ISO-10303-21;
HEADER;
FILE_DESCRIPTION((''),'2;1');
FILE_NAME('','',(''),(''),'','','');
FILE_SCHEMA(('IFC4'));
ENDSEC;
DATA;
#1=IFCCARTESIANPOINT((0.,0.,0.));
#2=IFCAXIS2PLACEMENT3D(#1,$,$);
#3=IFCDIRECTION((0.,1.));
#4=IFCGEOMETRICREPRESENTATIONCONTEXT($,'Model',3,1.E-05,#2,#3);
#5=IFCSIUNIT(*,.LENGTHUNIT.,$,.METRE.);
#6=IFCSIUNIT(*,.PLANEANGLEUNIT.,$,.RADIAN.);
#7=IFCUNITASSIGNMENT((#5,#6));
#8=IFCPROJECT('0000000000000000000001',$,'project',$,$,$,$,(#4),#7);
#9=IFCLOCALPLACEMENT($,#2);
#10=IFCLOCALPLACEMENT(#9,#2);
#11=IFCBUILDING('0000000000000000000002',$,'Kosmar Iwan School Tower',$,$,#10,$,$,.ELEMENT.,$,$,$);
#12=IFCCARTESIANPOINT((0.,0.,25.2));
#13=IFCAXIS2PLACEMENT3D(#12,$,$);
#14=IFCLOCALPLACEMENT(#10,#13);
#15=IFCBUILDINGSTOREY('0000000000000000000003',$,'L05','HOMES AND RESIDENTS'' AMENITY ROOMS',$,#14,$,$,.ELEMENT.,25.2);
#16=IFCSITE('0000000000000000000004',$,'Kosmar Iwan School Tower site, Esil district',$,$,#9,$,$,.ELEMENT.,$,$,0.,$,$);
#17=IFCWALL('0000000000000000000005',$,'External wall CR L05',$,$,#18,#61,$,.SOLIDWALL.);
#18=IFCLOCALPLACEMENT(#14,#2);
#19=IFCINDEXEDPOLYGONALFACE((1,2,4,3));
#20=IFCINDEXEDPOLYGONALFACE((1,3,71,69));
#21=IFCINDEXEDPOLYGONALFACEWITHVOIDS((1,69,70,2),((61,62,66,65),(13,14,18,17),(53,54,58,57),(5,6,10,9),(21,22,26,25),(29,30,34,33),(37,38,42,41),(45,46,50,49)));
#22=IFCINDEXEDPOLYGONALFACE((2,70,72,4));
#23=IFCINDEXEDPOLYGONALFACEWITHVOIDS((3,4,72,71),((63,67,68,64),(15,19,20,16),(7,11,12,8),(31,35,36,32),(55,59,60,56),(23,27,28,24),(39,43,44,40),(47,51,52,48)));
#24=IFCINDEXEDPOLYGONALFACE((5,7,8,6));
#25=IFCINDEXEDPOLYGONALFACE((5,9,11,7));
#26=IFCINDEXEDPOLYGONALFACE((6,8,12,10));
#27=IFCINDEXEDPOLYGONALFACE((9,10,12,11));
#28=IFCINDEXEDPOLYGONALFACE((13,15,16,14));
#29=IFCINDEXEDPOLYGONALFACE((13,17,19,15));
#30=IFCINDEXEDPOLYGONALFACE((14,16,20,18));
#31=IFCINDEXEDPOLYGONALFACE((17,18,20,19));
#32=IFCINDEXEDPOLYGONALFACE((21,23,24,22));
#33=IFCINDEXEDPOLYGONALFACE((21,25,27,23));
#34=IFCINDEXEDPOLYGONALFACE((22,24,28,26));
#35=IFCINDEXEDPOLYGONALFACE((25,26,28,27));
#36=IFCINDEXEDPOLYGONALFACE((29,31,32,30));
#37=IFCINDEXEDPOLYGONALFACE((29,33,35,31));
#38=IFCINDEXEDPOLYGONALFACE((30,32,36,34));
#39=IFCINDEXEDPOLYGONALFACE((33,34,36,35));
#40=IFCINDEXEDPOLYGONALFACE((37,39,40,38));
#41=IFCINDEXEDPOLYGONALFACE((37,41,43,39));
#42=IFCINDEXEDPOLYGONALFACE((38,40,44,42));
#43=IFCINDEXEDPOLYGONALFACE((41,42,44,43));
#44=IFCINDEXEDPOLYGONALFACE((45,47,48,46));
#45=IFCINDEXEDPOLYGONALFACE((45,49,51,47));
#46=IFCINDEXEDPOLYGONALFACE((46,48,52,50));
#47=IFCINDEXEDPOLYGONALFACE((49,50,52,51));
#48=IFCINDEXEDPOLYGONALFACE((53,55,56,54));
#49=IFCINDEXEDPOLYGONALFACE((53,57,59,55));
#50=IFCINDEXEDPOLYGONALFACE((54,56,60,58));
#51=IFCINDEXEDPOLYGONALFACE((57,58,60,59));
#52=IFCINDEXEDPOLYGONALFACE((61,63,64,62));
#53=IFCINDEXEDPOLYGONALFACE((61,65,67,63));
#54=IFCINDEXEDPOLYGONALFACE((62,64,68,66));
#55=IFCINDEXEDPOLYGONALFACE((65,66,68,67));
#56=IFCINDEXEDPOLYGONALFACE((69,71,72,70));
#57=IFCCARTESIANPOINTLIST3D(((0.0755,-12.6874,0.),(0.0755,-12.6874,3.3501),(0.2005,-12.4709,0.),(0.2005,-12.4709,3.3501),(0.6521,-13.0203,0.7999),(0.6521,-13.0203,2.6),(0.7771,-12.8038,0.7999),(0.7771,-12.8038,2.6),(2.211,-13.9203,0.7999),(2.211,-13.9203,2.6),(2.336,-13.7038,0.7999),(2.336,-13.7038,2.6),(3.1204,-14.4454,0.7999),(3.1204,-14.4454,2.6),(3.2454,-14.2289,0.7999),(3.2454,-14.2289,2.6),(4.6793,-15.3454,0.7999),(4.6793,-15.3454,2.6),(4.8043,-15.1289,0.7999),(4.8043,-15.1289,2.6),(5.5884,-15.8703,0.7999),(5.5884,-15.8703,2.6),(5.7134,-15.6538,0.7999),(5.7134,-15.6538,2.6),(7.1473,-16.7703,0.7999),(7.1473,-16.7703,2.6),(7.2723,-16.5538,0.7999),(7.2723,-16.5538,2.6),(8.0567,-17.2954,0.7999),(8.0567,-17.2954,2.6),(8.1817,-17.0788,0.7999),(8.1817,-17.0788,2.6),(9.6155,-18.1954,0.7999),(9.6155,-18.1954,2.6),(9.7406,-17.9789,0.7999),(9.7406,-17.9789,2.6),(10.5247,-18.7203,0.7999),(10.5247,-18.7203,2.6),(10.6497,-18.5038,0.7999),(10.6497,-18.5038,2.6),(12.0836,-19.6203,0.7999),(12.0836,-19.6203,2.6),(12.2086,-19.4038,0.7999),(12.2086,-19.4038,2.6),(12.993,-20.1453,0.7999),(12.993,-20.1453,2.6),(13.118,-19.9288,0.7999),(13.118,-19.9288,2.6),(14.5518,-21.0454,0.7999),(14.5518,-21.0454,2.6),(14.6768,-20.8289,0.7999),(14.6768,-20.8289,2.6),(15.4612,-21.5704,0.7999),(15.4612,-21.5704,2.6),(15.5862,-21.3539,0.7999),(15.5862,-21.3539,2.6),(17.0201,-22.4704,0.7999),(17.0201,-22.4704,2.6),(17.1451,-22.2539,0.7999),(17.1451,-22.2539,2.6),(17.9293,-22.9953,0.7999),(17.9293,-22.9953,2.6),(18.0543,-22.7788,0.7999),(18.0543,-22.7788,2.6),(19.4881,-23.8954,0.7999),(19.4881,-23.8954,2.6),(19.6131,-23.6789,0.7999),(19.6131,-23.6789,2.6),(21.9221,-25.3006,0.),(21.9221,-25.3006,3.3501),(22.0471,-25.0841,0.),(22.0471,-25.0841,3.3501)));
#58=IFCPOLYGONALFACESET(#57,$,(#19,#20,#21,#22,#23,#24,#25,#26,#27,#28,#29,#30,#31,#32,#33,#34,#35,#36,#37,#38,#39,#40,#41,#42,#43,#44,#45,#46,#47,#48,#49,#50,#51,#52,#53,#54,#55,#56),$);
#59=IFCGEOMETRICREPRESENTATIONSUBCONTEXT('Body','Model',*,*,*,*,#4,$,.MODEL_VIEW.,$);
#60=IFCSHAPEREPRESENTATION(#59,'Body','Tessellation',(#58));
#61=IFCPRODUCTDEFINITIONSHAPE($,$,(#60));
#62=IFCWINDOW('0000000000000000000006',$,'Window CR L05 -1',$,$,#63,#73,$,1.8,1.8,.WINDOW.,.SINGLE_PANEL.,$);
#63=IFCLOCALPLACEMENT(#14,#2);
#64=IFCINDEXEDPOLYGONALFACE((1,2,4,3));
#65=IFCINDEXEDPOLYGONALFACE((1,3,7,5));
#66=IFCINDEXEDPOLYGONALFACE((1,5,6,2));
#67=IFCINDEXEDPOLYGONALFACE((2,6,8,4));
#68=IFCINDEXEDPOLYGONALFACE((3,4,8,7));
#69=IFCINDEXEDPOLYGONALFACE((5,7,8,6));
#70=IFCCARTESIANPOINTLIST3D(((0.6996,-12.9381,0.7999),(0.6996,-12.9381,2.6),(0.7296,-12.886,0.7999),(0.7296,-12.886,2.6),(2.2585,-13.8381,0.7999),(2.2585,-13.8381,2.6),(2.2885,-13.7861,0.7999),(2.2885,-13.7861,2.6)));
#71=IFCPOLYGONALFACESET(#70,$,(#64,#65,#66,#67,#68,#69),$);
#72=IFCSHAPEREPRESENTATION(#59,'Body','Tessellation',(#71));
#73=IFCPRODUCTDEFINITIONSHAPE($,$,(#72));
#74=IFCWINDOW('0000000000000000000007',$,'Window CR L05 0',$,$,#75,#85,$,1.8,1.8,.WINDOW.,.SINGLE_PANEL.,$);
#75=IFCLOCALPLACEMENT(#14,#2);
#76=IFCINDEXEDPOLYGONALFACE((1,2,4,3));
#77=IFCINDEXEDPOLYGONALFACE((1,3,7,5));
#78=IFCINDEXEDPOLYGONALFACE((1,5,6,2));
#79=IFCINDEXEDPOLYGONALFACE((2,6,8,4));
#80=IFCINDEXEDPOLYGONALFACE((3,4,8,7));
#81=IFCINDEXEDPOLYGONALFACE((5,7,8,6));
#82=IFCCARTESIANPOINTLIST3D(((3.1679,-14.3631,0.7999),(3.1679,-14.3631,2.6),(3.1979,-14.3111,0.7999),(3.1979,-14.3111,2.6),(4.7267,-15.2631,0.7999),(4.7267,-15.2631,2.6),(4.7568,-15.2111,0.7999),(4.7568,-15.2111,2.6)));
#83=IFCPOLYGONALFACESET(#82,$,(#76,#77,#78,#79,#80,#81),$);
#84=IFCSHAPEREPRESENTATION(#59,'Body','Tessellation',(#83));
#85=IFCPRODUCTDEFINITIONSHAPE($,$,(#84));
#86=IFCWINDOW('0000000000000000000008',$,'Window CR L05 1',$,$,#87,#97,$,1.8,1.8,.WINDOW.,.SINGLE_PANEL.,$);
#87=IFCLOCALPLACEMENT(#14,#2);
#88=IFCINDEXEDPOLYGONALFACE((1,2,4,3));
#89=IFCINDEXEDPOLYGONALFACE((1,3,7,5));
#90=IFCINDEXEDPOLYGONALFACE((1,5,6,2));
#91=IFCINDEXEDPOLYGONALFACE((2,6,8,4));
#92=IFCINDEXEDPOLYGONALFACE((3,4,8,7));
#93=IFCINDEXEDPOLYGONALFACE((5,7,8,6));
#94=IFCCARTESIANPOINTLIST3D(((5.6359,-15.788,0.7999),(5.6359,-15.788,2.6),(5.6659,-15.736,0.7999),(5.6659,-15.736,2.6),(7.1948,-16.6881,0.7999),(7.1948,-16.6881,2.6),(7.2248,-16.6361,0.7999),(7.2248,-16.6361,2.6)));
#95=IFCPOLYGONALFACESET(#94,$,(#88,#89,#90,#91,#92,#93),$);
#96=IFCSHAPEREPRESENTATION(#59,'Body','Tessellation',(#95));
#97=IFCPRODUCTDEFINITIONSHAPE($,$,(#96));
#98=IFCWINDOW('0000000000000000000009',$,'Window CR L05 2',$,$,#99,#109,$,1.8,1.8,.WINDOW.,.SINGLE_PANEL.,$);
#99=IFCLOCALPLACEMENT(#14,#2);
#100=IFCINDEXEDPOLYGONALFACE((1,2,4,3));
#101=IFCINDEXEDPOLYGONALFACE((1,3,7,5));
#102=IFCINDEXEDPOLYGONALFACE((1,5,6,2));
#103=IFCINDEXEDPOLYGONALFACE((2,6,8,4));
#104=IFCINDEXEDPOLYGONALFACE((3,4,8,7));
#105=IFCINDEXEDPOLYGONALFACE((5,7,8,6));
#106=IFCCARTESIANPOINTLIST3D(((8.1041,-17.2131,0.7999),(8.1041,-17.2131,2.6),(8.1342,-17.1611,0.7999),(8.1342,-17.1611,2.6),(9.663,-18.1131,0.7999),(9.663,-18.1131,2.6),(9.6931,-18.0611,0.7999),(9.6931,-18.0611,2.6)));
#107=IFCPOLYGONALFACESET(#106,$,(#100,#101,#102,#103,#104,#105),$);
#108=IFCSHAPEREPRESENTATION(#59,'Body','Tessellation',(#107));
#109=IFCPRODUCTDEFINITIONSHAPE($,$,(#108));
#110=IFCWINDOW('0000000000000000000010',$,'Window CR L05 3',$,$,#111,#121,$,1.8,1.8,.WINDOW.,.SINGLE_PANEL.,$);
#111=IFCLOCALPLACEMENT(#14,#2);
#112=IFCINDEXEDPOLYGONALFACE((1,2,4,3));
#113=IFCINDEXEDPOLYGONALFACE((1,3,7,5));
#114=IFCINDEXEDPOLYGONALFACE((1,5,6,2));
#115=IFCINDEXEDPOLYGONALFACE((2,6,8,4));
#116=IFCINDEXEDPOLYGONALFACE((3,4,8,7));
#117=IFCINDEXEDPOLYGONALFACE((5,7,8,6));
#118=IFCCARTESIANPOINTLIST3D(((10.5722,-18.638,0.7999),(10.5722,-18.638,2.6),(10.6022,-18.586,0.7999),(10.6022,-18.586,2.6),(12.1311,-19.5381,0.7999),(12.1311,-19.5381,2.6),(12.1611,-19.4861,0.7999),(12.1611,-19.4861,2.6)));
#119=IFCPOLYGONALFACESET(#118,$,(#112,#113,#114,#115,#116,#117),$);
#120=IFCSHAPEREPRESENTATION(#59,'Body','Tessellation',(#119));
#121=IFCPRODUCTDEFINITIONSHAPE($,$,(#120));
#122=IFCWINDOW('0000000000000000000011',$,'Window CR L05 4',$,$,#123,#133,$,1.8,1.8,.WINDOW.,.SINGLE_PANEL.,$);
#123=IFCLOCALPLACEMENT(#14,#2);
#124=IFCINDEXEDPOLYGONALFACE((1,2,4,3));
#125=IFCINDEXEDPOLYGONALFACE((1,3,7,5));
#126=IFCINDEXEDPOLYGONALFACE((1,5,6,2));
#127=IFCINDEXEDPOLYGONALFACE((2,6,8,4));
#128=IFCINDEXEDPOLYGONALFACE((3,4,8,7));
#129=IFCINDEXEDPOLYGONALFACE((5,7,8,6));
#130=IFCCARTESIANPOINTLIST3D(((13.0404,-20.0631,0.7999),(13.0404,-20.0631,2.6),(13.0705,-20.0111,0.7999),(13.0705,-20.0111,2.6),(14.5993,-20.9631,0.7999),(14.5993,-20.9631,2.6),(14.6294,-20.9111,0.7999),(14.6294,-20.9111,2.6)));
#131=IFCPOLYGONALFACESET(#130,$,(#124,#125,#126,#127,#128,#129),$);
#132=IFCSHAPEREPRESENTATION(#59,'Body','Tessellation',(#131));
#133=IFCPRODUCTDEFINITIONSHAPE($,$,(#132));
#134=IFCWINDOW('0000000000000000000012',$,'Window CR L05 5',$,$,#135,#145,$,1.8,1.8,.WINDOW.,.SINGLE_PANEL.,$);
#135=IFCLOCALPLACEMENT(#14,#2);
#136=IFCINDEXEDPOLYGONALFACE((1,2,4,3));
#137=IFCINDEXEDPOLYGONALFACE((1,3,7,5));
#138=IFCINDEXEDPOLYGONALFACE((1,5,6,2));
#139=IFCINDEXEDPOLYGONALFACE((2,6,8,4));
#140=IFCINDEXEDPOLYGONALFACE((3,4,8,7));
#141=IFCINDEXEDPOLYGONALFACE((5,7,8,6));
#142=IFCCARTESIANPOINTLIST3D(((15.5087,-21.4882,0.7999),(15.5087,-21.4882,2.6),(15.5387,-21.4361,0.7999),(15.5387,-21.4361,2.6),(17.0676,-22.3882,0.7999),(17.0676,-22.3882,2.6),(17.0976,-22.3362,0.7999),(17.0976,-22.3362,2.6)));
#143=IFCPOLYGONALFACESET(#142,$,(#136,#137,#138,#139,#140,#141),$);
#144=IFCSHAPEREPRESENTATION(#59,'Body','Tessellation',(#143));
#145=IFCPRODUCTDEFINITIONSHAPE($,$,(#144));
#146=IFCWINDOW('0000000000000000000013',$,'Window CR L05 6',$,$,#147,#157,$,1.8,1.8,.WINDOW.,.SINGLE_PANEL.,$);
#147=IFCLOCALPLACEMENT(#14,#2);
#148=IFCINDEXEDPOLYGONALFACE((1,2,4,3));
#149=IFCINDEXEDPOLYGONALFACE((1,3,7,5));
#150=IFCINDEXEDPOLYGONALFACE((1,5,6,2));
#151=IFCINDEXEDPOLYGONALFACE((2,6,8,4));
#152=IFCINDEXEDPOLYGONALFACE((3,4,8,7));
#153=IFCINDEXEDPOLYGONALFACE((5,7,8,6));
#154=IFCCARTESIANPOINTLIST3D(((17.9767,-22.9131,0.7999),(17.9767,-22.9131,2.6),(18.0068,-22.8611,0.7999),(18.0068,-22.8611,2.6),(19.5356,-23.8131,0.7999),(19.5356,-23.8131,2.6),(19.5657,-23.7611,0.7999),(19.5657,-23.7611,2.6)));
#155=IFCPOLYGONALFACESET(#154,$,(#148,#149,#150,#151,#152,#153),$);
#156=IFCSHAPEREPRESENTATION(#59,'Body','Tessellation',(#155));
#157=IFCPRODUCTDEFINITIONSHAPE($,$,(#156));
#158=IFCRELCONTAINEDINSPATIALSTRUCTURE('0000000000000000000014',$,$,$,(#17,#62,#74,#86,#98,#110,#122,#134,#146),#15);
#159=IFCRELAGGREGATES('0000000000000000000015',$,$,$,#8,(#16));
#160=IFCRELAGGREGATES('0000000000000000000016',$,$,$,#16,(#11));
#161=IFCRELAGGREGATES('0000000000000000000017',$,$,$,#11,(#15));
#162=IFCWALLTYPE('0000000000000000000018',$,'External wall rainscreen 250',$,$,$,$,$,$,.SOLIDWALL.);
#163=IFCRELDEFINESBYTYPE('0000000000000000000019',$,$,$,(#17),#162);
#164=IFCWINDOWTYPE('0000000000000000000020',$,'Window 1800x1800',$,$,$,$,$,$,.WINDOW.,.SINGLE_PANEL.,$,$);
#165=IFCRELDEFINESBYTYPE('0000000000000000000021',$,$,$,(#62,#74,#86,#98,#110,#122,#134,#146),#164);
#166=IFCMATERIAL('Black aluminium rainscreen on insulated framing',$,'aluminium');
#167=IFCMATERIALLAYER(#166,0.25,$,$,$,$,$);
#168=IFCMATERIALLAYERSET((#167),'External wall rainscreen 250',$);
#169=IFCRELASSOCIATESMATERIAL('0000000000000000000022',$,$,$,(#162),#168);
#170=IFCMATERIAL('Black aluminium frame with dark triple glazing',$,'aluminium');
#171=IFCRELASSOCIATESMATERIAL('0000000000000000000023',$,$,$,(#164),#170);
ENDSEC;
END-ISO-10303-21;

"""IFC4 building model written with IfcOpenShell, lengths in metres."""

from ifc_helpers import new_model, si_unit, direction, frame, frame_2d, origin, place, context, subcontext, project, spatial, rectangle, extrude, material, layer, layer_set, type_object, element, fill, save


model = new_model("IFC4")

# Units and contexts
model_context = context("Model", 3, precision=1e-05, world=origin(), true_north=direction((0.0, 1.0)))
body_context = subcontext(model_context, "Body", "Model", "MODEL_VIEW")
ifc_project = project(units=[si_unit("LENGTHUNIT", "METRE"), si_unit("PLANEANGLEUNIT", "RADIAN")], contexts=[model_context])

# Site, building, storey
site_placement = place(None, origin())
site = spatial("IfcSite", under=ifc_project, at=site_placement, Name="Kosmar Iwan School Tower site, Esil district", CompositionType="ELEMENT", RefElevation=0.0)
building_placement = place(site_placement, origin())
building = spatial("IfcBuilding", under=site, at=building_placement, Name="Kosmar Iwan School Tower", CompositionType="ELEMENT")
storey_placement = place(building_placement, frame((0.0, 0.0, 25.2)))
storey = spatial("IfcBuildingStorey", under=building, at=storey_placement, Name="L05", Description="HOMES AND RESIDENTS' AMENITY ROOMS", CompositionType="ELEMENT", Elevation=25.2)

# Wall, openings, windows
ifc_material_1 = material(Name="Black aluminium rainscreen on insulated framing", Category="aluminium")
ifc_layer = layer(ifc_material_1, 0.25)
ifc_layer_set = layer_set([ifc_layer], Name="External wall rainscreen 250")
wall_type = type_object("IfcWallType", Name="External wall rainscreen 250", PredefinedType="SOLIDWALL", material=ifc_layer_set)
ifc_material_2 = material(Name="Black aluminium frame with dark triple glazing", Category="aluminium")
window_type = type_object("IfcWindowType", Name="Window 1800x1800", PartitioningType="SINGLE_PANEL", PredefinedType="WINDOW", material=ifc_material_2)
wall_1_placement = place(storey_placement, frame((0.1379, -12.5791, 0.0), z_axis=(0.0, 0.0, 1.0), x_axis=(0.866024, -0.500003, 0.0)))
wall_1 = element("IfcWall", 1, at=wall_1_placement, inside=storey, type_object=wall_type, Name="External wall CR L05", PredefinedType="SOLIDWALL", context=body_context, shape_type="SweptSolid", body=[
    extrude(rectangle(XDim=25.2263, YDim=0.25, at=frame_2d((12.6133, 0.0))), origin(), (0.0, 0.0, 1.0), 3.3501),
])
opening_1_placement = place(wall_1_placement, frame((0.666, 0.0, 0.8)))
opening_1 = element("IfcOpeningElement", 2, at=opening_1_placement, cuts=wall_1, PredefinedType="OPENING", context=body_context, shape_type="SweptSolid", body=[
    extrude(rectangle(XDim=1.8, YDim=1.8, at=frame_2d((0.8999, 0.8999))), frame((0.0, 0.137, 0.0), z_axis=(0.0, -1.0, 0.0), x_axis=(1.0, 0.0, 0.0)), (0.0, 0.0, 1.0), 0.2739),
])
opening_2_placement = place(wall_1_placement, frame((3.5161, 0.0, 0.8)))
opening_2 = element("IfcOpeningElement", 3, at=opening_2_placement, cuts=wall_1, PredefinedType="OPENING", context=body_context, shape_type="SweptSolid", body=[
    extrude(rectangle(XDim=1.8, YDim=1.8, at=frame_2d((0.8999, 0.8999))), frame((0.0, 0.137, 0.0), z_axis=(0.0, -1.0, 0.0), x_axis=(1.0, 0.0, 0.0)), (0.0, 0.0, 1.0), 0.2739),
])
opening_3_placement = place(wall_1_placement, frame((6.366, 0.0, 0.8)))
opening_3 = element("IfcOpeningElement", 4, at=opening_3_placement, cuts=wall_1, PredefinedType="OPENING", context=body_context, shape_type="SweptSolid", body=[
    extrude(rectangle(XDim=1.8, YDim=1.8, at=frame_2d((0.8999, 0.8999))), frame((0.0, 0.137, 0.0), z_axis=(0.0, -1.0, 0.0), x_axis=(1.0, 0.0, 0.0)), (0.0, 0.0, 1.0), 0.2739),
])
opening_4_placement = place(wall_1_placement, frame((9.2161, 0.0, 0.8)))
opening_4 = element("IfcOpeningElement", 5, at=opening_4_placement, cuts=wall_1, PredefinedType="OPENING", context=body_context, shape_type="SweptSolid", body=[
    extrude(rectangle(XDim=1.8, YDim=1.8, at=frame_2d((0.8999, 0.8999))), frame((0.0, 0.137, 0.0), z_axis=(0.0, -1.0, 0.0), x_axis=(1.0, 0.0, 0.0)), (0.0, 0.0, 1.0), 0.2739),
])
opening_5_placement = place(wall_1_placement, frame((12.0659, 0.0, 0.8)))
opening_5 = element("IfcOpeningElement", 6, at=opening_5_placement, cuts=wall_1, PredefinedType="OPENING", context=body_context, shape_type="SweptSolid", body=[
    extrude(rectangle(XDim=1.8, YDim=1.8, at=frame_2d((0.8999, 0.8999))), frame((0.0, 0.137, 0.0), z_axis=(0.0, -1.0, 0.0), x_axis=(1.0, 0.0, 0.0)), (0.0, 0.0, 1.0), 0.2739),
])
opening_6_placement = place(wall_1_placement, frame((14.916, 0.0, 0.8)))
opening_6 = element("IfcOpeningElement", 7, at=opening_6_placement, cuts=wall_1, PredefinedType="OPENING", context=body_context, shape_type="SweptSolid", body=[
    extrude(rectangle(XDim=1.8, YDim=1.8, at=frame_2d((0.8999, 0.8999))), frame((0.0, 0.137, 0.0), z_axis=(0.0, -1.0, 0.0), x_axis=(1.0, 0.0, 0.0)), (0.0, 0.0, 1.0), 0.2739),
])
opening_7_placement = place(wall_1_placement, frame((17.7661, 0.0, 0.8)))
opening_7 = element("IfcOpeningElement", 8, at=opening_7_placement, cuts=wall_1, PredefinedType="OPENING", context=body_context, shape_type="SweptSolid", body=[
    extrude(rectangle(XDim=1.8, YDim=1.8, at=frame_2d((0.8999, 0.8999))), frame((0.0, 0.137, 0.0), z_axis=(0.0, -1.0, 0.0), x_axis=(1.0, 0.0, 0.0)), (0.0, 0.0, 1.0), 0.2739),
])
opening_8_placement = place(wall_1_placement, frame((20.616, 0.0, 0.8)))
opening_8 = element("IfcOpeningElement", 9, at=opening_8_placement, cuts=wall_1, PredefinedType="OPENING", context=body_context, shape_type="SweptSolid", body=[
    extrude(rectangle(XDim=1.8, YDim=1.8, at=frame_2d((0.8999, 0.8999))), frame((0.0, 0.137, 0.0), z_axis=(0.0, -1.0, 0.0), x_axis=(1.0, 0.0, 0.0)), (0.0, 0.0, 1.0), 0.2739),
])
window_1_placement = place(opening_1_placement, origin())
window_1 = element("IfcWindow", 10, at=window_1_placement, inside=storey, type_object=window_type, Name="Window CR L05 -1", OverallHeight=1.8, OverallWidth=1.8, PartitioningType="SINGLE_PANEL", PredefinedType="WINDOW", context=body_context, shape_type="SweptSolid", body=[
    extrude(rectangle(XDim=1.8, YDim=1.8, at=frame_2d((0.8999, 0.8999))), frame((0.0, 0.03, 0.0), z_axis=(0.0, -1.0, 0.0), x_axis=(1.0, 0.0, 0.0)), (0.0, 0.0, 1.0), 0.0601),
])
fill(opening_1, window_1)
window_2_placement = place(opening_2_placement, origin())
window_2 = element("IfcWindow", 11, at=window_2_placement, inside=storey, type_object=window_type, Name="Window CR L05 0", OverallHeight=1.8, OverallWidth=1.8, PartitioningType="SINGLE_PANEL", PredefinedType="WINDOW", context=body_context, shape_type="SweptSolid", body=[
    extrude(rectangle(XDim=1.8, YDim=1.8, at=frame_2d((0.8999, 0.8999))), frame((0.0, 0.03, 0.0), z_axis=(0.0, -1.0, 0.0), x_axis=(1.0, 0.0, 0.0)), (0.0, 0.0, 1.0), 0.0601),
])
fill(opening_2, window_2)
window_3_placement = place(opening_3_placement, origin())
window_3 = element("IfcWindow", 12, at=window_3_placement, inside=storey, type_object=window_type, Name="Window CR L05 1", OverallHeight=1.8, OverallWidth=1.8, PartitioningType="SINGLE_PANEL", PredefinedType="WINDOW", context=body_context, shape_type="SweptSolid", body=[
    extrude(rectangle(XDim=1.8, YDim=1.8, at=frame_2d((0.8999, 0.8999))), frame((0.0, 0.03, 0.0), z_axis=(0.0, -1.0, 0.0), x_axis=(1.0, 0.0, 0.0)), (0.0, 0.0, 1.0), 0.0601),
])
fill(opening_3, window_3)
window_4_placement = place(opening_4_placement, origin())
window_4 = element("IfcWindow", 13, at=window_4_placement, inside=storey, type_object=window_type, Name="Window CR L05 2", OverallHeight=1.8, OverallWidth=1.8, PartitioningType="SINGLE_PANEL", PredefinedType="WINDOW", context=body_context, shape_type="SweptSolid", body=[
    extrude(rectangle(XDim=1.8, YDim=1.8, at=frame_2d((0.8999, 0.8999))), frame((0.0, 0.03, 0.0), z_axis=(0.0, -1.0, 0.0), x_axis=(1.0, 0.0, 0.0)), (0.0, 0.0, 1.0), 0.0601),
])
fill(opening_4, window_4)
window_5_placement = place(opening_5_placement, origin())
window_5 = element("IfcWindow", 14, at=window_5_placement, inside=storey, type_object=window_type, Name="Window CR L05 3", OverallHeight=1.8, OverallWidth=1.8, PartitioningType="SINGLE_PANEL", PredefinedType="WINDOW", context=body_context, shape_type="SweptSolid", body=[
    extrude(rectangle(XDim=1.8, YDim=1.8, at=frame_2d((0.8999, 0.8999))), frame((0.0, 0.03, 0.0), z_axis=(0.0, -1.0, 0.0), x_axis=(1.0, 0.0, 0.0)), (0.0, 0.0, 1.0), 0.0601),
])
fill(opening_5, window_5)
window_6_placement = place(opening_6_placement, origin())
window_6 = element("IfcWindow", 15, at=window_6_placement, inside=storey, type_object=window_type, Name="Window CR L05 4", OverallHeight=1.8, OverallWidth=1.8, PartitioningType="SINGLE_PANEL", PredefinedType="WINDOW", context=body_context, shape_type="SweptSolid", body=[
    extrude(rectangle(XDim=1.8, YDim=1.8, at=frame_2d((0.8999, 0.8999))), frame((0.0, 0.03, 0.0), z_axis=(0.0, -1.0, 0.0), x_axis=(1.0, 0.0, 0.0)), (0.0, 0.0, 1.0), 0.0601),
])
fill(opening_6, window_6)
window_7_placement = place(opening_7_placement, origin())
window_7 = element("IfcWindow", 16, at=window_7_placement, inside=storey, type_object=window_type, Name="Window CR L05 5", OverallHeight=1.8, OverallWidth=1.8, PartitioningType="SINGLE_PANEL", PredefinedType="WINDOW", context=body_context, shape_type="SweptSolid", body=[
    extrude(rectangle(XDim=1.8, YDim=1.8, at=frame_2d((0.8999, 0.8999))), frame((0.0, 0.03, 0.0), z_axis=(0.0, -1.0, 0.0), x_axis=(1.0, 0.0, 0.0)), (0.0, 0.0, 1.0), 0.0601),
])
fill(opening_7, window_7)
window_8_placement = place(opening_8_placement, origin())
window_8 = element("IfcWindow", 17, at=window_8_placement, inside=storey, type_object=window_type, Name="Window CR L05 6", OverallHeight=1.8, OverallWidth=1.8, PartitioningType="SINGLE_PANEL", PredefinedType="WINDOW", context=body_context, shape_type="SweptSolid", body=[
    extrude(rectangle(XDim=1.8, YDim=1.8, at=frame_2d((0.8999, 0.8999))), frame((0.0, 0.03, 0.0), z_axis=(0.0, -1.0, 0.0), x_axis=(1.0, 0.0, 0.0)), (0.0, 0.0, 1.0), 0.0601),
])
fill(opening_8, window_8)

save(model, "model.ifc")
